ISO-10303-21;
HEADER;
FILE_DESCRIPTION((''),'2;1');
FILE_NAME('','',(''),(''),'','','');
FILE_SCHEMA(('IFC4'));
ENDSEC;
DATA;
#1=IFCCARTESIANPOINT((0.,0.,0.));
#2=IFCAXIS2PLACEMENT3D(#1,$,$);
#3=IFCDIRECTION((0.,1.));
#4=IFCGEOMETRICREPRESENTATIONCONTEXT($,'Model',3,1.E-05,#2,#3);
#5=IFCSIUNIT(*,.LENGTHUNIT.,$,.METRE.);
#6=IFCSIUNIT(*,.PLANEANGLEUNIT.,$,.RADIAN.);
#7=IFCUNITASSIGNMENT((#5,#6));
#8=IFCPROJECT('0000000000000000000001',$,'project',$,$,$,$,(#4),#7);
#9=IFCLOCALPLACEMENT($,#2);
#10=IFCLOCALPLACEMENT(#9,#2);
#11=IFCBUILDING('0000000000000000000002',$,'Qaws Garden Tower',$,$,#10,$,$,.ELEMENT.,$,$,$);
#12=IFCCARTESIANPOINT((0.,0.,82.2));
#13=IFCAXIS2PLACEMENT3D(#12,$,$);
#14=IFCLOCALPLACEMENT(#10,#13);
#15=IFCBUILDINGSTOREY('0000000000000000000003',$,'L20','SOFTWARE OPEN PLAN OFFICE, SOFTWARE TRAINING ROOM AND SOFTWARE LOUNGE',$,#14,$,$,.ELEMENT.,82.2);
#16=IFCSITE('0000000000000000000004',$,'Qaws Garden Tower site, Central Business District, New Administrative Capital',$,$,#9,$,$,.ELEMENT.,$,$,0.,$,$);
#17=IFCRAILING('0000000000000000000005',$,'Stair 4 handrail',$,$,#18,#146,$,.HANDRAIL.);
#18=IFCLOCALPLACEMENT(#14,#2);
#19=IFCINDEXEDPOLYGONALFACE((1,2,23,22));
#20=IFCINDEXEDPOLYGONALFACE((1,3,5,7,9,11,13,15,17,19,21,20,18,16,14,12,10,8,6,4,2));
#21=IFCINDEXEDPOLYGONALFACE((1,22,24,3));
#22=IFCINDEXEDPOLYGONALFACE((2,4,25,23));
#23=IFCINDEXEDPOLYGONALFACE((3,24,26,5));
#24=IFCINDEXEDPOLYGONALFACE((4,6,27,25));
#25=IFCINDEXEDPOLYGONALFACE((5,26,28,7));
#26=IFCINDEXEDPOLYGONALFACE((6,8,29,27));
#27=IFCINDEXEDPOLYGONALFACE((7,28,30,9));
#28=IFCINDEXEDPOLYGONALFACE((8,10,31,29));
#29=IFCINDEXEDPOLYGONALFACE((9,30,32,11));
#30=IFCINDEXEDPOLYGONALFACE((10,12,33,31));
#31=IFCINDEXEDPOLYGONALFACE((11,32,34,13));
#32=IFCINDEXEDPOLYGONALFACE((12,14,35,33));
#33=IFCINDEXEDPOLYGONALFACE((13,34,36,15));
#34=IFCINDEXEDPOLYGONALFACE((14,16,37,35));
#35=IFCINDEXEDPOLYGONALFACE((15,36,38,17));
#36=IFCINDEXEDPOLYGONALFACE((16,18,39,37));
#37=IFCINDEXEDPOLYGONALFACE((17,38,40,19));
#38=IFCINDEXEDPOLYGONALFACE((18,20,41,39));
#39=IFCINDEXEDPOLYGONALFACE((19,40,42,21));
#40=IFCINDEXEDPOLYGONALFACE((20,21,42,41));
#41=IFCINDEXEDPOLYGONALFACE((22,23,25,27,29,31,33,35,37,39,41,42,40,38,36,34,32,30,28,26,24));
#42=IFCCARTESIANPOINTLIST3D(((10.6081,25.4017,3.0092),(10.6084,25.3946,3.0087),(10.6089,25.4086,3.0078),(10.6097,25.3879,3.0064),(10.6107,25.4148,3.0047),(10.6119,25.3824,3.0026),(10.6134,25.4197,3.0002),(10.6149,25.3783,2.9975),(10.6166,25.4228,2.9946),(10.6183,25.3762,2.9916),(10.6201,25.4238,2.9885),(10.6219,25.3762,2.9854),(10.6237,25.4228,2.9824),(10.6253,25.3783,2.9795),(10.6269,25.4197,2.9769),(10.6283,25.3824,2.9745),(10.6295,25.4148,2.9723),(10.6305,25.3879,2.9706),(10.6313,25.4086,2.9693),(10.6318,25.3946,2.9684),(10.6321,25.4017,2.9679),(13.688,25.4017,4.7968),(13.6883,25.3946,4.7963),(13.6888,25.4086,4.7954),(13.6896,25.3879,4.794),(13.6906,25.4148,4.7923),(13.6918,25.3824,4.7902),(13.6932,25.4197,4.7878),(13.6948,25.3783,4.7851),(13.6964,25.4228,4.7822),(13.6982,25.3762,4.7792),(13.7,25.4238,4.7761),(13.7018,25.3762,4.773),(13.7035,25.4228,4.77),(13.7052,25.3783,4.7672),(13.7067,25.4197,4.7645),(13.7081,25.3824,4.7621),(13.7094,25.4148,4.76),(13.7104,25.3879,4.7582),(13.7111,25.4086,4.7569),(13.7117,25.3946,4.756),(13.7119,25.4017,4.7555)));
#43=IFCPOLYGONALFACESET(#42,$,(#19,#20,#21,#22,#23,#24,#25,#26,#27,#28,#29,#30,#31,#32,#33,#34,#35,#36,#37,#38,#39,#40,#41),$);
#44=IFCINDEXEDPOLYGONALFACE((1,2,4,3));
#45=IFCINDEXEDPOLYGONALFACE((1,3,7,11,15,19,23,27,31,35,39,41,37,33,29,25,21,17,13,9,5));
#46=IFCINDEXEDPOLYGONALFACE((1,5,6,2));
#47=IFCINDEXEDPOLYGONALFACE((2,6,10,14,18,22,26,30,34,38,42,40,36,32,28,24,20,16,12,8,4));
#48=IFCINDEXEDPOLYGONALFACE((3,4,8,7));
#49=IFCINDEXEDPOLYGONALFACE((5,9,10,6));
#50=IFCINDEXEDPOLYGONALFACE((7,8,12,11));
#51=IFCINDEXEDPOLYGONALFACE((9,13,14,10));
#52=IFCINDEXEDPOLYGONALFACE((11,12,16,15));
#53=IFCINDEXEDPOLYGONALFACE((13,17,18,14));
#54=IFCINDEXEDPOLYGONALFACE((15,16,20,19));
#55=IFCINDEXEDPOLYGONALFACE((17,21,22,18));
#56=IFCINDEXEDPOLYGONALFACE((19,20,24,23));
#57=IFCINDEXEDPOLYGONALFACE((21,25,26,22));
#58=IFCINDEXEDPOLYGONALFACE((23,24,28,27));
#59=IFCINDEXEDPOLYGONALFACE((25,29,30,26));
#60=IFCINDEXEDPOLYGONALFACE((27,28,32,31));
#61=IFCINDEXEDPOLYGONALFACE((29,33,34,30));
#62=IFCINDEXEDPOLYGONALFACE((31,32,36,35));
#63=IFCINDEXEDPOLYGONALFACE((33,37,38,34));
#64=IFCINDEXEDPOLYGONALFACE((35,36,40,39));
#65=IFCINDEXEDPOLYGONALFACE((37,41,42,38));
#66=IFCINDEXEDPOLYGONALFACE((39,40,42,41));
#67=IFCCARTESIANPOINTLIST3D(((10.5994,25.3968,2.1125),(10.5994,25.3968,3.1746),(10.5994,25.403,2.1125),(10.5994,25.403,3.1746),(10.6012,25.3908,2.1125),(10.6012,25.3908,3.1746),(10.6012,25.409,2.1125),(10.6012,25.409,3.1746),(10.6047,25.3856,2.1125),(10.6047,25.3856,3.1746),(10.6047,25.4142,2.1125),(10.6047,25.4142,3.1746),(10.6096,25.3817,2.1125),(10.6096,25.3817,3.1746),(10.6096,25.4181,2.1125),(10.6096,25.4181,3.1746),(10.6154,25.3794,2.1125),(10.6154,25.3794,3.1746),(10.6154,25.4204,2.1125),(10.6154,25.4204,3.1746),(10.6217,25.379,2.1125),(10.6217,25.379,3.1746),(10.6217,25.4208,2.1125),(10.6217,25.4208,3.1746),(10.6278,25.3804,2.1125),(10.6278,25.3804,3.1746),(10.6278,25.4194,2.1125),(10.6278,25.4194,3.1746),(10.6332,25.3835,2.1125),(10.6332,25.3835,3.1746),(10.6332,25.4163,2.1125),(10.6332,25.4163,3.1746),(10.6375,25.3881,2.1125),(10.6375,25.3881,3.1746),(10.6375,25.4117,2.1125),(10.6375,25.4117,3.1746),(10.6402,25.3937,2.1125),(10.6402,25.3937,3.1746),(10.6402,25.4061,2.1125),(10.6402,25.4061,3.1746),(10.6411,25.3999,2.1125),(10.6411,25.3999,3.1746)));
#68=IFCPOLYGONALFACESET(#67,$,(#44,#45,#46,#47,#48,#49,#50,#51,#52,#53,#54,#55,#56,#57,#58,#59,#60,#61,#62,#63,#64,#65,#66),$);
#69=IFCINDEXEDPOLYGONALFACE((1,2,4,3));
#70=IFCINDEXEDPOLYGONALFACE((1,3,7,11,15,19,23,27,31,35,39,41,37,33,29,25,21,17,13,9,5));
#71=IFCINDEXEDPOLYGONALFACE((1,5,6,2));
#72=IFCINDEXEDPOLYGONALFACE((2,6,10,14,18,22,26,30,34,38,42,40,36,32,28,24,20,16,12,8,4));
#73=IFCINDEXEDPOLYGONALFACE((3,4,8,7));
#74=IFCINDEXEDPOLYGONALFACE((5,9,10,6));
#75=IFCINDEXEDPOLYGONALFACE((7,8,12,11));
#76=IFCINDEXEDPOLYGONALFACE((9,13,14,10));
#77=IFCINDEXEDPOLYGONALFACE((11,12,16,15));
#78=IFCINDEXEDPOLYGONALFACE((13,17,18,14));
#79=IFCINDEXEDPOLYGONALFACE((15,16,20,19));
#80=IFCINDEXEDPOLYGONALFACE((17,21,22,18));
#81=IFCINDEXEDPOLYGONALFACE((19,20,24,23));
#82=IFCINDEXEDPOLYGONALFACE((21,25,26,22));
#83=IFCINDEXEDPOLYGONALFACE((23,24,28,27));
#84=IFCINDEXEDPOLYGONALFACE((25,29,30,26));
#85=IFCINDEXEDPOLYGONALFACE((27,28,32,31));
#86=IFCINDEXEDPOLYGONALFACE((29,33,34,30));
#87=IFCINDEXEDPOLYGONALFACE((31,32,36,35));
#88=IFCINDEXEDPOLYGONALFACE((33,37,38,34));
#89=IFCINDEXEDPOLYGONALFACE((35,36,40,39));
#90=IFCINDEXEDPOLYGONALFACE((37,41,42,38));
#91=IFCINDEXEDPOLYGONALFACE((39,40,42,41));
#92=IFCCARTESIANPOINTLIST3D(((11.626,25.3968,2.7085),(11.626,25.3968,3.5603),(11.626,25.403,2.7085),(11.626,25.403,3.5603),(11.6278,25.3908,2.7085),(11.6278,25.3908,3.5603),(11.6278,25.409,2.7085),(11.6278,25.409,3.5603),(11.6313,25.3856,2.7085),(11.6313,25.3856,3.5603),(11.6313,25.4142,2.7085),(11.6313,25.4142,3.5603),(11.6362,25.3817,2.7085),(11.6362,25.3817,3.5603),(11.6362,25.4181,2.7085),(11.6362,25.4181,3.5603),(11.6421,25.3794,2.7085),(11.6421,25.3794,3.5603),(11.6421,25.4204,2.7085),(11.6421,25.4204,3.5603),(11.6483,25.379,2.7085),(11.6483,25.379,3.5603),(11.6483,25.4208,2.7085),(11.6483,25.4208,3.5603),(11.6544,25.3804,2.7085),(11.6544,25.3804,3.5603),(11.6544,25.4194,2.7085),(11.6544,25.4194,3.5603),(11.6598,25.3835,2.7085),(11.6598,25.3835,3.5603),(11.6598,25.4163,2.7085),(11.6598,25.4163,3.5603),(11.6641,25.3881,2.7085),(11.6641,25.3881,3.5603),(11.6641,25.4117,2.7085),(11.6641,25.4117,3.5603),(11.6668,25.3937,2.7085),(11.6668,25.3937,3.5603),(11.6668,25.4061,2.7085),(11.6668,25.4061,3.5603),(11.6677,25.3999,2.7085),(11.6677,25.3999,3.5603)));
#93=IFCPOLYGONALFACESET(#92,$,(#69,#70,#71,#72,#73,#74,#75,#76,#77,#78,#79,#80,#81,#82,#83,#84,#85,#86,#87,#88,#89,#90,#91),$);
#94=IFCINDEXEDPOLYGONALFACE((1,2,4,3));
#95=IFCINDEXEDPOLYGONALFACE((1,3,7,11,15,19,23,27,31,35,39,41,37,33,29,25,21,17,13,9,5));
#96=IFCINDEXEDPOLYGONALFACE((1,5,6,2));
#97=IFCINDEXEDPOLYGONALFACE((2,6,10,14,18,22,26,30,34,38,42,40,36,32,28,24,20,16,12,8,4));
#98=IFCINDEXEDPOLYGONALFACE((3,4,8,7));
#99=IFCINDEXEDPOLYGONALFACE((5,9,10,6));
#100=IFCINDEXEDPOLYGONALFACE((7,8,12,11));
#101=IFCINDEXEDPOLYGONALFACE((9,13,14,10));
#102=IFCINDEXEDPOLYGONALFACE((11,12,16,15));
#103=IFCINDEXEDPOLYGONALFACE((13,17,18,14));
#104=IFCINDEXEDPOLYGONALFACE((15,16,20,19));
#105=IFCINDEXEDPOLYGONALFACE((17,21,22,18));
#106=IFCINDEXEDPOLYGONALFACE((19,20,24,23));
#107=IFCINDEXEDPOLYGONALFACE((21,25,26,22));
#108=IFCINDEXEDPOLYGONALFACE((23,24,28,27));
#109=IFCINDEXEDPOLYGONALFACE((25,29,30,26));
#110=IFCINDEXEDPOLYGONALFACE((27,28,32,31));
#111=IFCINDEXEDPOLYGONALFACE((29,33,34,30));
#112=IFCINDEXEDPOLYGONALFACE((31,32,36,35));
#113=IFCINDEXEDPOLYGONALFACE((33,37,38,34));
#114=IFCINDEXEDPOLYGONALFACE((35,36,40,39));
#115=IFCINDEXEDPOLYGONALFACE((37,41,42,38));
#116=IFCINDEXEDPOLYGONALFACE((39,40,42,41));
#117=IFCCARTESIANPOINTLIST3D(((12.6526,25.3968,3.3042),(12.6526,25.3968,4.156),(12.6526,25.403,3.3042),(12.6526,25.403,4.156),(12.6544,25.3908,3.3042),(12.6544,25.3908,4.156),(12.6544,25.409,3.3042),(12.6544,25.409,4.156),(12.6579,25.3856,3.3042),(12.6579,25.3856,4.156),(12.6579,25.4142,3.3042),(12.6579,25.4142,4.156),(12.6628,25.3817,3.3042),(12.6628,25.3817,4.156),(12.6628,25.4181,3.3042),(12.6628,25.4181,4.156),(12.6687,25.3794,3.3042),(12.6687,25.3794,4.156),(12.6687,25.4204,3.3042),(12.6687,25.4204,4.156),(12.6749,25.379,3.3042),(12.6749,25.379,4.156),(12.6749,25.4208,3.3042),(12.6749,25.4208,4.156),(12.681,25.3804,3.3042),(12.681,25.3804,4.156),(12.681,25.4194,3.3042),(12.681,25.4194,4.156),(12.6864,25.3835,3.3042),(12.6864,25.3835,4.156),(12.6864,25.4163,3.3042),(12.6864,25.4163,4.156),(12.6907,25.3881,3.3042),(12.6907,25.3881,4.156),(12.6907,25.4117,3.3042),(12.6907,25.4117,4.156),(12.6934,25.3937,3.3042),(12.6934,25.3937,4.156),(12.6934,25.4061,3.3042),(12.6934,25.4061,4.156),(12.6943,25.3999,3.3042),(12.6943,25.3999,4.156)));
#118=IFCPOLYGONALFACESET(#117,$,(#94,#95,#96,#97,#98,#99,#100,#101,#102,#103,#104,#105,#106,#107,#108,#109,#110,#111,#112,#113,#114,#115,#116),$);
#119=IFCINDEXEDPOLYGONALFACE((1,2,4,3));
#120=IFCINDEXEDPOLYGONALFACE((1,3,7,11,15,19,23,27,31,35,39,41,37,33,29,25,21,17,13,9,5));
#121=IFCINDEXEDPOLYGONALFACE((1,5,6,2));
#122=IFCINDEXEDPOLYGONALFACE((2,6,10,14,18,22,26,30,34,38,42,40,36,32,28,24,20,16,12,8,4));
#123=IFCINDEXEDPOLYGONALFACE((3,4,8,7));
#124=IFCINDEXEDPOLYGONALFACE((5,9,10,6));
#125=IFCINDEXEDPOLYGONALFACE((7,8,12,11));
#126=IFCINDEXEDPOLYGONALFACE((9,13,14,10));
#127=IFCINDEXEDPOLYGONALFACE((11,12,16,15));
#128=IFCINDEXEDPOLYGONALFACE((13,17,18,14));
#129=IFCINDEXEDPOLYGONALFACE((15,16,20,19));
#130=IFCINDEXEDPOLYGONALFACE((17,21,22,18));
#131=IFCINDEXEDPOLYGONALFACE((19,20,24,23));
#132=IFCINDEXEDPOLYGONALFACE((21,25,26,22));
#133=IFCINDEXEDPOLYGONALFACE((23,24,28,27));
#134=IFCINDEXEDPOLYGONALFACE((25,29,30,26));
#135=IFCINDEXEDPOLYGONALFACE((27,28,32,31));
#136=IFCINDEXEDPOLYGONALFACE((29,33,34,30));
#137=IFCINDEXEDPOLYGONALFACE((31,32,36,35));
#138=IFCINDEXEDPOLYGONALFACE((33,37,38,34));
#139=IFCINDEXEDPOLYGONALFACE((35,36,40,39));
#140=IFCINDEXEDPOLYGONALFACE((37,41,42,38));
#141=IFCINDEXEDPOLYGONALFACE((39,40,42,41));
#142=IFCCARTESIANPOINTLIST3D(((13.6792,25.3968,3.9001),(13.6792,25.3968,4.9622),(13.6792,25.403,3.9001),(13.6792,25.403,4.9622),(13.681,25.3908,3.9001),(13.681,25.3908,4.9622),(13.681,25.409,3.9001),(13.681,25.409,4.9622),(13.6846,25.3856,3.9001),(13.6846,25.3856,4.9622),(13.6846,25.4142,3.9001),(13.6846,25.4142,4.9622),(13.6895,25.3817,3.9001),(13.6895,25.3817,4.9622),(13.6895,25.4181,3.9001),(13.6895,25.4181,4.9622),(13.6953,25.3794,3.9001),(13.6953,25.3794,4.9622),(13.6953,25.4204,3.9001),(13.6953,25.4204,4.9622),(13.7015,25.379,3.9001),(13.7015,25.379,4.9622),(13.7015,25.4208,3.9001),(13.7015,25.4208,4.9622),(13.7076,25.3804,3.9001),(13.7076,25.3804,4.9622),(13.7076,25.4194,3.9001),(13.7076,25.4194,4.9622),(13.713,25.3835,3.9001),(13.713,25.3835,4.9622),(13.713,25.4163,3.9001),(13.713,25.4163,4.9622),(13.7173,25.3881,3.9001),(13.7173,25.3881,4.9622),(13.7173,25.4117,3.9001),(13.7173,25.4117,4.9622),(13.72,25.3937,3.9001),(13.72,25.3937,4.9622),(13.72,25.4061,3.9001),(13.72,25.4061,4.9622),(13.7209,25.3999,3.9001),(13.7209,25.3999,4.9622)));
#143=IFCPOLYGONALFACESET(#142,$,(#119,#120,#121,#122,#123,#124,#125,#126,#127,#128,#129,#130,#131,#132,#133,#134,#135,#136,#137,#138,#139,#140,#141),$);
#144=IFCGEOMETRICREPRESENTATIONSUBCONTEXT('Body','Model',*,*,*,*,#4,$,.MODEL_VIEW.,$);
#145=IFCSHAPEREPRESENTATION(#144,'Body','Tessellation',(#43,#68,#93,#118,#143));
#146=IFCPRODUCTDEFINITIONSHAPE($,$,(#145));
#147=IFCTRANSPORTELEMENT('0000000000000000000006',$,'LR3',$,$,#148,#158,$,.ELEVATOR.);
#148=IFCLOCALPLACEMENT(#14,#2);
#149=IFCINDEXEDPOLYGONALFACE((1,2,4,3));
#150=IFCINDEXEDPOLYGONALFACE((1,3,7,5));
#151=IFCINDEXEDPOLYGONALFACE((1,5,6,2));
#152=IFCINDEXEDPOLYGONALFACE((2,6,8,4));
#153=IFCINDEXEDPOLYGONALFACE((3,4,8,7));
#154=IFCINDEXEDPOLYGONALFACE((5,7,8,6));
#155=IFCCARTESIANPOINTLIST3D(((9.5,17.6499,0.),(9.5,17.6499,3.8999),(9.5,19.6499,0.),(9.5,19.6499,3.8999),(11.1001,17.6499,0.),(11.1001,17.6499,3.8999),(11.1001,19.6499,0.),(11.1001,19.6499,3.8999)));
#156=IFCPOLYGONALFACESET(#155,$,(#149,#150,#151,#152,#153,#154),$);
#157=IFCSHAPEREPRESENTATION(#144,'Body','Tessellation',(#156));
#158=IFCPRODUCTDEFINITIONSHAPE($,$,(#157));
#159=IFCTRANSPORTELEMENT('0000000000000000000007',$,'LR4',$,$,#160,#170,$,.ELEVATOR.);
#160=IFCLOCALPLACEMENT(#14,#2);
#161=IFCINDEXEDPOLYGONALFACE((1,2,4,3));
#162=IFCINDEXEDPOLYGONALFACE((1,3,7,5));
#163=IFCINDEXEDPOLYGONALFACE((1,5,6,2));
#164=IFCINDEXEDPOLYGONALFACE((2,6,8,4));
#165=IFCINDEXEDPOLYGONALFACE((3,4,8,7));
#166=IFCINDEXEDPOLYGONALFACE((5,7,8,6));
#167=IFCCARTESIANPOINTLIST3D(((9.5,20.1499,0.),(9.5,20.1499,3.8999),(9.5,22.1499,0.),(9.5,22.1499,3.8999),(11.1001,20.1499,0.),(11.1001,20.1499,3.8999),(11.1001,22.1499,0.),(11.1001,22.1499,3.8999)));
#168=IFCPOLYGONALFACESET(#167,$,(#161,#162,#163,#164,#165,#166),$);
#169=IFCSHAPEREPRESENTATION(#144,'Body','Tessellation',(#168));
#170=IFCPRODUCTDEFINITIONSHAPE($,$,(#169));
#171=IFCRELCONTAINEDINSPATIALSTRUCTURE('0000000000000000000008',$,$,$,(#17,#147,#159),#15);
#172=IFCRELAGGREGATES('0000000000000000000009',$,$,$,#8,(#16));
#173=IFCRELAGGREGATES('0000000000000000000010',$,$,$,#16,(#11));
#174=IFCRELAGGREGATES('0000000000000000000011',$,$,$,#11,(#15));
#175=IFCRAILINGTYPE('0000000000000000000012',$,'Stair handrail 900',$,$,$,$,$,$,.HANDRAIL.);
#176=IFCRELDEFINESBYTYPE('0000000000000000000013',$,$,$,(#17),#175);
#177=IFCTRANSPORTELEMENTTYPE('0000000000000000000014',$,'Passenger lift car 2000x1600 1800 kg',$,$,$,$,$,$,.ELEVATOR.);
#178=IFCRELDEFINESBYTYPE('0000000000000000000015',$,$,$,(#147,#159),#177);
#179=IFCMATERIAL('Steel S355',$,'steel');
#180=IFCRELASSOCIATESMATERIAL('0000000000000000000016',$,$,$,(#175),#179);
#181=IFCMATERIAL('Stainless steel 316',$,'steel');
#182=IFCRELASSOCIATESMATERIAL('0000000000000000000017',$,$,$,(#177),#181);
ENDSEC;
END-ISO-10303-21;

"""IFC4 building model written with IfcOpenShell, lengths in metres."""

from ifc_helpers import new_model, si_unit, direction, frame, origin, origin_2d, place, context, subcontext, project, spatial, rectangle, circle, extrude, material, type_object, element, save


model = new_model("IFC4")

# Units and contexts
model_context = context("Model", 3, precision=1e-05, world=origin(), true_north=direction((0.0, 1.0)))
body_context = subcontext(model_context, "Body", "Model", "MODEL_VIEW")
ifc_project = project(units=[si_unit("LENGTHUNIT", "METRE"), si_unit("PLANEANGLEUNIT", "RADIAN")], contexts=[model_context])

# Site, building, storey
site_placement = place(None, origin())
site = spatial("IfcSite", under=ifc_project, at=site_placement, Name="Qaws Garden Tower site, Central Business District, New Administrative Capital", CompositionType="ELEMENT", RefElevation=0.0)
building_placement = place(site_placement, origin())
building = spatial("IfcBuilding", under=site, at=building_placement, Name="Qaws Garden Tower", CompositionType="ELEMENT")
storey_placement = place(building_placement, frame((0.0, 0.0, 82.2)))
storey = spatial("IfcBuildingStorey", under=building, at=storey_placement, Name="L20", Description="SOFTWARE OPEN PLAN OFFICE, SOFTWARE TRAINING ROOM AND SOFTWARE LOUNGE", CompositionType="ELEMENT", Elevation=82.2)

# Railing
ifc_material_1 = material(Name="Steel S355", Category="steel")
railing_type = type_object("IfcRailingType", Name="Stair handrail 900", PredefinedType="HANDRAIL", material=ifc_material_1)
railing_1_placement = place(storey_placement, frame((10.6201, 25.3999, 2.1125)))
element("IfcRailing", 1, at=railing_1_placement, inside=storey, type_object=railing_type, Name="Stair 4 handrail", PredefinedType="HANDRAIL", context=body_context, shape_type="SweptSolid", body=[
    extrude(circle(Radius=0.0239, at=origin_2d()), frame((0.0, 0.0, 0.876), z_axis=(0.864873, 0.0, 0.50199), x_axis=(0.0, 1.0, 0.0)), (0.0, 0.0, 1.0), 3.561),
    extrude(circle(Radius=0.021, at=origin_2d()), origin(), (0.0, 0.0, 1.0), 1.062),
    extrude(circle(Radius=0.021, at=origin_2d()), frame((1.0266, 0.0, 0.5959)), (0.0, 0.0, 1.0), 0.8518),
    extrude(circle(Radius=0.021, at=origin_2d()), frame((2.0532, 0.0, 1.1917)), (0.0, 0.0, 1.0), 0.8518),
    extrude(circle(Radius=0.021, at=origin_2d()), frame((3.0798, 0.0, 1.7876)), (0.0, 0.0, 1.0), 1.062),
])

# Transport elements
ifc_material_2 = material(Name="Stainless steel 316", Category="steel")
transport_element_type = type_object("IfcTransportElementType", Name="Passenger lift car 2000x1600 1800 kg", PredefinedType="ELEVATOR", material=ifc_material_2)
for number, where, z_axis, x_axis, name in (
    (2, (10.3, 18.6499, 0.0), (0.0, 0.0, 1.0), (1.0, 0.0, 0.0), "LR3"),
    (3, (10.3, 21.1499, 0.0), (0.0, 0.0, 1.0), (1.0, 0.0, 0.0), "LR4"),
):
    element("IfcTransportElement", number, at=place(storey_placement, frame(where, z_axis=z_axis, x_axis=x_axis)), inside=storey, type_object=transport_element_type, Name=name, PredefinedType="ELEVATOR", context=body_context, shape_type="SweptSolid", body=[
        extrude(rectangle(XDim=1.6001, YDim=2.0, at=origin_2d()), origin(), (0.0, 0.0, 1.0), 3.8999),
    ])

save(model, "model.ifc")
